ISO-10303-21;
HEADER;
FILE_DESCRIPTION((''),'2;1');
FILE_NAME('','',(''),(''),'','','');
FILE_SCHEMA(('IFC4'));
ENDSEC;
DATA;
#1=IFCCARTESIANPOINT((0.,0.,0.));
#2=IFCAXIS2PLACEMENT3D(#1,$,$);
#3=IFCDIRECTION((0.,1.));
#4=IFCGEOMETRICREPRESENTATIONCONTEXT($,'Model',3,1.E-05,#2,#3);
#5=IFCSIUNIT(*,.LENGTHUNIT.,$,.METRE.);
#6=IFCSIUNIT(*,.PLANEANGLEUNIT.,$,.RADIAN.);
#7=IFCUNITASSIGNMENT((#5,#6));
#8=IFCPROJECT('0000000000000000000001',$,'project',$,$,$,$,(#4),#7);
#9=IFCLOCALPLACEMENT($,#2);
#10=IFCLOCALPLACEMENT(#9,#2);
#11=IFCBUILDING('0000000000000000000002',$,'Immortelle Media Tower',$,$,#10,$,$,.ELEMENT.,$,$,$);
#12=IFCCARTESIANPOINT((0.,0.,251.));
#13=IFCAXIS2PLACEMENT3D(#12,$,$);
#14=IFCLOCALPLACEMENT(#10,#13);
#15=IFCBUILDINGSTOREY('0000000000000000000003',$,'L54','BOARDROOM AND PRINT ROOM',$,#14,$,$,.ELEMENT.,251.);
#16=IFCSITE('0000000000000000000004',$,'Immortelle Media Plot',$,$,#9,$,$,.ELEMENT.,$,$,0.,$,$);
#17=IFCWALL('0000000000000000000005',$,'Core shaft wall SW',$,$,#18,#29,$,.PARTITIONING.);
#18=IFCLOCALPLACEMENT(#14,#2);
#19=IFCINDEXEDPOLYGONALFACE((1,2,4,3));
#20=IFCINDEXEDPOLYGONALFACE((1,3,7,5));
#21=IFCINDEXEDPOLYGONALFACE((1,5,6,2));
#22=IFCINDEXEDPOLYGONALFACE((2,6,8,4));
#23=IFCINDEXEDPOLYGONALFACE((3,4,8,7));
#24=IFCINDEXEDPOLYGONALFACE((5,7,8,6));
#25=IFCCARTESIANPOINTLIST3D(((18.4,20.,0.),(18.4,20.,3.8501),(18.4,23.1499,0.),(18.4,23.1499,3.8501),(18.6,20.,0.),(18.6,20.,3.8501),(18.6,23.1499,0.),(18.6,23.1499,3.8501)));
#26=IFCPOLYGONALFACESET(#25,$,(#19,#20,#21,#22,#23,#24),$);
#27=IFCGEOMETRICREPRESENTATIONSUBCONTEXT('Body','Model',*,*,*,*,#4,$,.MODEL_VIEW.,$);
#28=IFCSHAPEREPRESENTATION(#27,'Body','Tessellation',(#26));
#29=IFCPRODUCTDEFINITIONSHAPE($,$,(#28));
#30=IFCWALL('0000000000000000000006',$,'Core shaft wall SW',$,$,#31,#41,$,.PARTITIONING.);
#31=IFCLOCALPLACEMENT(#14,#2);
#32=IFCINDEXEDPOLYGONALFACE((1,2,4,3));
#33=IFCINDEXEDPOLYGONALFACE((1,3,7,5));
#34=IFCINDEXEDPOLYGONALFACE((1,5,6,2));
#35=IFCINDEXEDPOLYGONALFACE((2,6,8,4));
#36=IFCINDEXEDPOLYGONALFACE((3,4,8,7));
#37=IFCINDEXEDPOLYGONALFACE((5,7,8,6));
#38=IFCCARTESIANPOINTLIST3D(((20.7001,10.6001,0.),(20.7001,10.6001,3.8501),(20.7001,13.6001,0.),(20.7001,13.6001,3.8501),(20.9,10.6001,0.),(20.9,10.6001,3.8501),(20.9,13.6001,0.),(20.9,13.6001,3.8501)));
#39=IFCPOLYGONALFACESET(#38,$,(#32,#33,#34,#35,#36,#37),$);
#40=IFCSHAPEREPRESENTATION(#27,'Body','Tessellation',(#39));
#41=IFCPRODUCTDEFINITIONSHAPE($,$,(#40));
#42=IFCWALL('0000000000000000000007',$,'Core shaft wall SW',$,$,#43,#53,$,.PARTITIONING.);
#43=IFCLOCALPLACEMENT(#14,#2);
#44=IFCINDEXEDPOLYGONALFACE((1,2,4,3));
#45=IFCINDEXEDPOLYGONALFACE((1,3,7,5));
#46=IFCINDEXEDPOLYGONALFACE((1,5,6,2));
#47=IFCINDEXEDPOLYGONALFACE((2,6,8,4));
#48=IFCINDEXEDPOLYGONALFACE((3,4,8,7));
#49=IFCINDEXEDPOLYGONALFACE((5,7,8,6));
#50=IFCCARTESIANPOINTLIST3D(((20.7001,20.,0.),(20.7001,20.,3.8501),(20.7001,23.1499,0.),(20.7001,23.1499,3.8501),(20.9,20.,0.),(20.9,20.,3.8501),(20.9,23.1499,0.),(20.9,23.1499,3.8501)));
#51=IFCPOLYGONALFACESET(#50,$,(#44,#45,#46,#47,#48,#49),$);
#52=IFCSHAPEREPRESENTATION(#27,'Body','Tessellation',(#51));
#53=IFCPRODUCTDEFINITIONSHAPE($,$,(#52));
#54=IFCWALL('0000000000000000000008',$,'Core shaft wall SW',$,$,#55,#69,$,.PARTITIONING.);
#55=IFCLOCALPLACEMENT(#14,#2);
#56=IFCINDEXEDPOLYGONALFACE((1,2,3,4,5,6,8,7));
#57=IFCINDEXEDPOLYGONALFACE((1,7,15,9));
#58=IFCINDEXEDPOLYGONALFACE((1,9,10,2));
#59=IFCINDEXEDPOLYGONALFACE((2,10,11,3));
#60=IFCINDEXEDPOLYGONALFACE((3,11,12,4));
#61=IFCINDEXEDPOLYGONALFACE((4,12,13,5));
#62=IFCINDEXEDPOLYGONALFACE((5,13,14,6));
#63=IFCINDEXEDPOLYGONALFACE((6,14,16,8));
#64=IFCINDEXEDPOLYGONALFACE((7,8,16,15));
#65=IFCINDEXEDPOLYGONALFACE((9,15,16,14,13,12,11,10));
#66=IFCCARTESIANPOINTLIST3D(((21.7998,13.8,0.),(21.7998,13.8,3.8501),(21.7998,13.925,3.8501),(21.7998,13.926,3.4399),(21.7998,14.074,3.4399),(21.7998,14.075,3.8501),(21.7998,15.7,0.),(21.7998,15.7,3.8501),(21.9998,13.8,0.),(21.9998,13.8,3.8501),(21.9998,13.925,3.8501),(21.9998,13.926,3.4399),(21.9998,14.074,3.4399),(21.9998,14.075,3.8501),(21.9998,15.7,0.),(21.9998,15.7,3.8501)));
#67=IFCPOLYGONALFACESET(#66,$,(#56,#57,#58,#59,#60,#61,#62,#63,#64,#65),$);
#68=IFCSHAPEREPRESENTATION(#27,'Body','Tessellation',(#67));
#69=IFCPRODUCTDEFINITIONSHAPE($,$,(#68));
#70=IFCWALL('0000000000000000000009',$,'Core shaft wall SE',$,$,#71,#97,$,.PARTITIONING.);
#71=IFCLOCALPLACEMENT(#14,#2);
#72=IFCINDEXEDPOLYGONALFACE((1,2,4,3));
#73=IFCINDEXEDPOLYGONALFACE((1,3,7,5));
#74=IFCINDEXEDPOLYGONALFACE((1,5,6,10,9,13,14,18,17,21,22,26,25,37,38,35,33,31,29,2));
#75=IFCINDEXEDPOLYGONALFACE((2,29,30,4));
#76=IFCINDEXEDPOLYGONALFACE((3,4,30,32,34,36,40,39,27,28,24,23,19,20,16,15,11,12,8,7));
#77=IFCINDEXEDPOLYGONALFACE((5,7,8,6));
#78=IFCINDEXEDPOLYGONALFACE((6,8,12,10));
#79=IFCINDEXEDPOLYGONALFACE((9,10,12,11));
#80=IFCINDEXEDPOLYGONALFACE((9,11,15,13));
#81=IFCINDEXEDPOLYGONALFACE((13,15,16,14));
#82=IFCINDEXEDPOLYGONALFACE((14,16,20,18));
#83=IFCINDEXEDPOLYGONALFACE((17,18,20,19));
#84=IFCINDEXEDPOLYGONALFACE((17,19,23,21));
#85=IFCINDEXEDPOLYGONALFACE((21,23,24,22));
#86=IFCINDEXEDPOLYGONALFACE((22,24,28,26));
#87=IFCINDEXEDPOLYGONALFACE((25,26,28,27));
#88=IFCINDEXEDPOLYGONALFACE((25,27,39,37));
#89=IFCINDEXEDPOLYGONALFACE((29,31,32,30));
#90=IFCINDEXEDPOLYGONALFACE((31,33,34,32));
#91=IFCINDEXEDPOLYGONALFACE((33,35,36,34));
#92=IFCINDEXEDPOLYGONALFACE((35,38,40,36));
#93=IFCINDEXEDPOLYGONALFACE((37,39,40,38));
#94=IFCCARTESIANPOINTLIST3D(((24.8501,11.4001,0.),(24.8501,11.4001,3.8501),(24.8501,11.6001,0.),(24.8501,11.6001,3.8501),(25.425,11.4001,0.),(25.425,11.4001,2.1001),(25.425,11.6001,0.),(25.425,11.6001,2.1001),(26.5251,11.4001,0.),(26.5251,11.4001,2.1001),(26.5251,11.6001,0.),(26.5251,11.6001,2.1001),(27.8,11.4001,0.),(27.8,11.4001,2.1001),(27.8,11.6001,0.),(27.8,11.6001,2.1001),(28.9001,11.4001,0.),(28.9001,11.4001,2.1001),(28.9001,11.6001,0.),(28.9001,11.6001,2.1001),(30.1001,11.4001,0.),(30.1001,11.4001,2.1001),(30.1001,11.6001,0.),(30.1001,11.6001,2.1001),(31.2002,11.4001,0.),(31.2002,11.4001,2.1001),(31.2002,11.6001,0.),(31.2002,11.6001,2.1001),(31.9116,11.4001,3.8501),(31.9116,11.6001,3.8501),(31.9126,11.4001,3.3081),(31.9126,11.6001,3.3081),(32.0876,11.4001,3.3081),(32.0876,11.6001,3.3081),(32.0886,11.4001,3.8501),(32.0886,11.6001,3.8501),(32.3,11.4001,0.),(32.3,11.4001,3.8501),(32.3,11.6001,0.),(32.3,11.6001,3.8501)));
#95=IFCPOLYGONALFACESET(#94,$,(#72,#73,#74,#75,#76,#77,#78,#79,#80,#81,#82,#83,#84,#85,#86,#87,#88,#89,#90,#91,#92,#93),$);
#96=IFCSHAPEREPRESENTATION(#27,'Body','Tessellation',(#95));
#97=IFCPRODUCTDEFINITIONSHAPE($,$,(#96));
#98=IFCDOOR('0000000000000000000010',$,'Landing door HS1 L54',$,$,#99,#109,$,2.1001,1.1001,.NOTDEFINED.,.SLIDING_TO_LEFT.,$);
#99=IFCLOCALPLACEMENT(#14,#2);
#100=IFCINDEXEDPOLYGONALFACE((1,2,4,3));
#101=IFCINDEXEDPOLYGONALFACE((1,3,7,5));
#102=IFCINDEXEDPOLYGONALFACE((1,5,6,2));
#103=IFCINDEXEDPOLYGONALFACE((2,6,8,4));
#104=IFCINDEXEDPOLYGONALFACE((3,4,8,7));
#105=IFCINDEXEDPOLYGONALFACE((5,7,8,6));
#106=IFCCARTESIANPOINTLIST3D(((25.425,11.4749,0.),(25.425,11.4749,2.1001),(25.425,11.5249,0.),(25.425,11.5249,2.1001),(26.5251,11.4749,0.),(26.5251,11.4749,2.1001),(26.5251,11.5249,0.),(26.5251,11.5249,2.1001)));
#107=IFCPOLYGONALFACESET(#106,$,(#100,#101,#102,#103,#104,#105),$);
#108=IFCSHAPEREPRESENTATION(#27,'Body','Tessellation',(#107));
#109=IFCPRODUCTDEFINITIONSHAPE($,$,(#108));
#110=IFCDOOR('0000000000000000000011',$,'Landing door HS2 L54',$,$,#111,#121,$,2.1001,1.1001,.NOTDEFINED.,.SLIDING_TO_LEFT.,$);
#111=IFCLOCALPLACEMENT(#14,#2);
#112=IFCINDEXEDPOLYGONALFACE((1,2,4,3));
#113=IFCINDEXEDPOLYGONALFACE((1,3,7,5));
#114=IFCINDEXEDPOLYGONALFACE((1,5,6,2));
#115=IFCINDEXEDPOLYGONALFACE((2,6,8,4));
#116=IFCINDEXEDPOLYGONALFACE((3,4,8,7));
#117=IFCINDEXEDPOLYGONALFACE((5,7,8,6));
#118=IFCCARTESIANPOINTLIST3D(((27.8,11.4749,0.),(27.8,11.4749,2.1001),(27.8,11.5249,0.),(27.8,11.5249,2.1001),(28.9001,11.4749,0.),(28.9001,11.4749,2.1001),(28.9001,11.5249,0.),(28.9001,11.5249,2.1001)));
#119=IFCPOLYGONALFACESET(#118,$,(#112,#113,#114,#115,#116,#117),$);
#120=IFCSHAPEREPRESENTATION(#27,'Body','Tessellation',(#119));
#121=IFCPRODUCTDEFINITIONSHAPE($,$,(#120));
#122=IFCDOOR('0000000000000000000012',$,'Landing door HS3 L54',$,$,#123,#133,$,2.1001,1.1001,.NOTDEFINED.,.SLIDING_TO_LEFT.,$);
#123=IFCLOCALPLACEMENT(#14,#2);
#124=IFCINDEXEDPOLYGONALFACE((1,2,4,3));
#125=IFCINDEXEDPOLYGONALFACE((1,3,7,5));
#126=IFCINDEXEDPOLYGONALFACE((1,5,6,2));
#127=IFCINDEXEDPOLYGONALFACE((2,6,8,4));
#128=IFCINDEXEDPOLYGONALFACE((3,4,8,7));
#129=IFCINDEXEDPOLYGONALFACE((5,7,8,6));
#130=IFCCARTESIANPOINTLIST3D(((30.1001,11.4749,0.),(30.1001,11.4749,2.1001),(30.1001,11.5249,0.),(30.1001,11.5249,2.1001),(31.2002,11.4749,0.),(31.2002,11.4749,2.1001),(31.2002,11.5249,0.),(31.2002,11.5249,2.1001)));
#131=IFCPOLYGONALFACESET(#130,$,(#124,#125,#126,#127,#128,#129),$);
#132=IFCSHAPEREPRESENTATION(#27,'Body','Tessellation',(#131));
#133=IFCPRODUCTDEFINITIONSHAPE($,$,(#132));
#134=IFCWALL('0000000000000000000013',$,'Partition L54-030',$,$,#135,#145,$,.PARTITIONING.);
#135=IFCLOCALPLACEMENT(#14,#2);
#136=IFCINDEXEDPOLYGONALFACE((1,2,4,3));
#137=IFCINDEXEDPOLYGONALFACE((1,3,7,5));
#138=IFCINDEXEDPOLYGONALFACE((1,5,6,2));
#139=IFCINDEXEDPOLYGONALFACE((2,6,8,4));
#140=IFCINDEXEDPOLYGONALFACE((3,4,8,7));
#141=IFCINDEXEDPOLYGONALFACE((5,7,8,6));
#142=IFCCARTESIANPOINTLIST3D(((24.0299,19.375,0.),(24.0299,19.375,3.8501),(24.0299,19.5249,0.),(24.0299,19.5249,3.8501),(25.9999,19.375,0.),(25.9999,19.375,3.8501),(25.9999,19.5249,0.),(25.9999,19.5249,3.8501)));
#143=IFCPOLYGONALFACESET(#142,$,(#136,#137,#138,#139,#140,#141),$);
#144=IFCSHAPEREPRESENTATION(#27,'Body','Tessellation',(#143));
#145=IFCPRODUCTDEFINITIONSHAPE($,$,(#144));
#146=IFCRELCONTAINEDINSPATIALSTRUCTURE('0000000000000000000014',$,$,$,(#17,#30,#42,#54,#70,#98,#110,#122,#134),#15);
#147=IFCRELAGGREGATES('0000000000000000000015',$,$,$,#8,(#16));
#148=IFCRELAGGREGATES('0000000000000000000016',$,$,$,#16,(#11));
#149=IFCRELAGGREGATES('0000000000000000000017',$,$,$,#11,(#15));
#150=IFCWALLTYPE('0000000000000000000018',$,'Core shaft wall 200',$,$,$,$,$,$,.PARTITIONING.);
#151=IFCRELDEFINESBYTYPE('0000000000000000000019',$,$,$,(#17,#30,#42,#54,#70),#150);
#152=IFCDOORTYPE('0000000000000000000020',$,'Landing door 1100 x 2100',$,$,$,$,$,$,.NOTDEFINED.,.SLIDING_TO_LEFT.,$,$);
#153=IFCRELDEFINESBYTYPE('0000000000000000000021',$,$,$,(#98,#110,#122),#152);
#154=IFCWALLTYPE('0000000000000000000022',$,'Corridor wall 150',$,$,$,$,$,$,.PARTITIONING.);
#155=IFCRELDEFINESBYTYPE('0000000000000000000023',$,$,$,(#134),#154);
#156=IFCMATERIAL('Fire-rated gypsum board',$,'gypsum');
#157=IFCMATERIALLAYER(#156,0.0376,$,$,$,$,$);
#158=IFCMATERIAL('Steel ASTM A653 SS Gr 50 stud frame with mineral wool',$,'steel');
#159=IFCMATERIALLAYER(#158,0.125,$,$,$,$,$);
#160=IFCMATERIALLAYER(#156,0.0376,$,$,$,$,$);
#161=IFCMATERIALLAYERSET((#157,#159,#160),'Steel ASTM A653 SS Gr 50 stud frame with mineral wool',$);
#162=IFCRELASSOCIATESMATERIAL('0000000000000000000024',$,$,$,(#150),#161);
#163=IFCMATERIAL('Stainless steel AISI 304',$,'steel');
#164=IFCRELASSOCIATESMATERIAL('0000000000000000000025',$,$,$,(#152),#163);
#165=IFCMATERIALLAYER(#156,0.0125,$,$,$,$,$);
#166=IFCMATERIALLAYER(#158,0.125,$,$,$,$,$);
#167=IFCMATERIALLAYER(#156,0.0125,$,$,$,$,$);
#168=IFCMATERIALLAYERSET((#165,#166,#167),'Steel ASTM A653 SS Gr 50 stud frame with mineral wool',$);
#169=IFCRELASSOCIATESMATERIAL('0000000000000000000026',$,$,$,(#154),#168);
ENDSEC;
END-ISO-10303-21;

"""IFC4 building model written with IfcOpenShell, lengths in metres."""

from ifc_helpers import new_model, si_unit, direction, frame, frame_2d, origin, place, context, subcontext, project, spatial, polyline, rectangle, outline, extrude, material, layer, layer_set, type_object, element, fill, save


model = new_model("IFC4")

# Units and contexts
model_context = context("Model", 3, precision=1e-05, world=origin(), true_north=direction((0.0, 1.0)))
body_context = subcontext(model_context, "Body", "Model", "MODEL_VIEW")
ifc_project = project(units=[si_unit("LENGTHUNIT", "METRE"), si_unit("PLANEANGLEUNIT", "RADIAN")], contexts=[model_context])

# Site, building, storey
site_placement = place(None, origin())
site = spatial("IfcSite", under=ifc_project, at=site_placement, Name="Immortelle Media Plot", CompositionType="ELEMENT", RefElevation=0.0)
building_placement = place(site_placement, origin())
building = spatial("IfcBuilding", under=site, at=building_placement, Name="Immortelle Media Tower", CompositionType="ELEMENT")
storey_placement = place(building_placement, frame((0.0, 0.0, 251.0)))
storey = spatial("IfcBuildingStorey", under=building, at=storey_placement, Name="L54", Description="BOARDROOM AND PRINT ROOM", CompositionType="ELEMENT", Elevation=251.0)

# Walls
ifc_material_1 = material(Name="Fire-rated gypsum board", Category="gypsum")
ifc_material_2 = material(Name="Steel ASTM A653 SS Gr 50 stud frame with mineral wool", Category="steel")
ifc_layer_1 = layer(ifc_material_1, 0.0376)
ifc_layer_2 = layer(ifc_material_2, 0.125)
ifc_layer_3 = layer(ifc_material_1, 0.0376)
ifc_layer_set_1 = layer_set([ifc_layer_1, ifc_layer_2, ifc_layer_3], Name="Steel ASTM A653 SS Gr 50 stud frame with mineral wool")
wall_type_1 = type_object("IfcWallType", Name="Core shaft wall 200", PredefinedType="PARTITIONING", material=ifc_layer_set_1)
wall_1_placement = place(storey_placement, frame((18.5, 20.0, 0.0), z_axis=(0.0, 0.0, 1.0), x_axis=(0.0, 1.0, 0.0)))
element("IfcWall", 1, at=wall_1_placement, inside=storey, type_object=wall_type_1, Name="Core shaft wall SW", PredefinedType="PARTITIONING", context=body_context, shape_type="SweptSolid", body=[
    extrude(rectangle(XDim=3.1499, YDim=0.2, at=frame_2d((1.575, 0.0))), origin(), (0.0, 0.0, 1.0), 3.8501),
])
wall_2_placement = place(storey_placement, frame((20.8, 10.6001, 0.0), z_axis=(0.0, 0.0, 1.0), x_axis=(0.0, 1.0, 0.0)))
element("IfcWall", 2, at=wall_2_placement, inside=storey, type_object=wall_type_1, Name="Core shaft wall SW", PredefinedType="PARTITIONING", context=body_context, shape_type="SweptSolid", body=[
    extrude(rectangle(XDim=3.0, YDim=0.2, at=frame_2d((1.5, 0.0))), origin(), (0.0, 0.0, 1.0), 3.8501),
])
wall_3_placement = place(storey_placement, frame((20.8, 20.0, 0.0), z_axis=(0.0, 0.0, 1.0), x_axis=(0.0, 1.0, 0.0)))
element("IfcWall", 3, at=wall_3_placement, inside=storey, type_object=wall_type_1, Name="Core shaft wall SW", PredefinedType="PARTITIONING", context=body_context, shape_type="SweptSolid", body=[
    extrude(rectangle(XDim=3.1499, YDim=0.2, at=frame_2d((1.575, 0.0))), origin(), (0.0, 0.0, 1.0), 3.8501),
])
wall_4_placement = place(storey_placement, frame((21.8999, 13.8, 0.0), z_axis=(0.0, 0.0, 1.0), x_axis=(0.0, 1.0, 0.0)))
element("IfcWall", 4, at=wall_4_placement, inside=storey, type_object=wall_type_1, Name="Core shaft wall SW", PredefinedType="PARTITIONING", context=body_context, shape_type="SweptSolid", body=[
    extrude(outline(polyline([(0.0, 0.0), (1.8999, 0.0), (1.8999, 3.8501), (0.2749, 3.8501), (0.2739, 3.4399), (0.126, 3.4399), (0.125, 3.8501), (0.0, 3.8501), (0.0, 0.0)])), frame((0.0, 0.1001, 0.0), z_axis=(0.0, -1.0, 0.0), x_axis=(1.0, 0.0, 0.0)), (0.0, 0.0, 1.0), 0.2),
])

# Wall, openings, doors
wall_5_placement = place(storey_placement, frame((24.8501, 11.5, 0.0), z_axis=(0.0, 0.0, 1.0), x_axis=(1.0, 0.0, 0.0)))
wall_5 = element("IfcWall", 5, at=wall_5_placement, inside=storey, type_object=wall_type_1, Name="Core shaft wall SE", PredefinedType="PARTITIONING", context=body_context, shape_type="SweptSolid", body=[
    extrude(outline(polyline([(0.0, 0.0), (7.45, 0.0), (7.45, 3.8501), (7.2385, 3.8501), (7.2375, 3.3081), (7.0625, 3.3081), (7.0615, 3.8501), (0.0, 3.8501), (0.0, 0.0)])), frame((0.0, 0.1001, 0.0), z_axis=(0.0, -1.0, 0.0), x_axis=(1.0, 0.0, 0.0)), (0.0, 0.0, 1.0), 0.2),
])
opening_1_placement = place(wall_5_placement, frame((0.575, 0.0, 0.0)))
opening_1 = element("IfcOpeningElement", 6, at=opening_1_placement, cuts=wall_5, PredefinedType="OPENING", context=body_context, shape_type="SweptSolid", body=[
    extrude(rectangle(XDim=1.1001, YDim=2.1001, at=frame_2d((0.55, 1.05))), frame((0.0, 0.1099, 0.0), z_axis=(0.0, -1.0, 0.0), x_axis=(1.0, 0.0, 0.0)), (0.0, 0.0, 1.0), 0.22),
])
opening_2_placement = place(wall_5_placement, frame((2.95, 0.0, 0.0)))
opening_2 = element("IfcOpeningElement", 7, at=opening_2_placement, cuts=wall_5, PredefinedType="OPENING", context=body_context, shape_type="SweptSolid", body=[
    extrude(rectangle(XDim=1.1001, YDim=2.1001, at=frame_2d((0.55, 1.05))), frame((0.0, 0.1099, 0.0), z_axis=(0.0, -1.0, 0.0), x_axis=(1.0, 0.0, 0.0)), (0.0, 0.0, 1.0), 0.22),
])
opening_3_placement = place(wall_5_placement, frame((5.25, 0.0, 0.0)))
opening_3 = element("IfcOpeningElement", 8, at=opening_3_placement, cuts=wall_5, PredefinedType="OPENING", context=body_context, shape_type="SweptSolid", body=[
    extrude(rectangle(XDim=1.1001, YDim=2.1001, at=frame_2d((0.55, 1.05))), frame((0.0, 0.1099, 0.0), z_axis=(0.0, -1.0, 0.0), x_axis=(1.0, 0.0, 0.0)), (0.0, 0.0, 1.0), 0.22),
])
ifc_material_3 = material(Name="Stainless steel AISI 304", Category="steel")
door_type_1 = type_object("IfcDoorType", Name="Landing door 1100 x 2100", OperationType="SLIDING_TO_LEFT", PredefinedType="NOTDEFINED", material=ifc_material_3)
door_1_placement = place(opening_1_placement, origin())
door_1 = element("IfcDoor", 9, at=door_1_placement, inside=storey, type_object=door_type_1, Name="Landing door HS1 L54", OperationType="SLIDING_TO_LEFT", OverallHeight=2.1001, OverallWidth=1.1001, PredefinedType="NOTDEFINED", context=body_context, shape_type="SweptSolid", body=[
    extrude(rectangle(XDim=1.1001, YDim=2.1001, at=frame_2d((0.55, 1.05))), frame((0.0, 0.0249, 0.0), z_axis=(0.0, -1.0, 0.0), x_axis=(1.0, 0.0, 0.0)), (0.0, 0.0, 1.0), 0.05),
])
fill(opening_1, door_1)
door_2_placement = place(opening_2_placement, origin())
door_2 = element("IfcDoor", 10, at=door_2_placement, inside=storey, type_object=door_type_1, Name="Landing door HS2 L54", OperationType="SLIDING_TO_LEFT", OverallHeight=2.1001, OverallWidth=1.1001, PredefinedType="NOTDEFINED", context=body_context, shape_type="SweptSolid", body=[
    extrude(rectangle(XDim=1.1001, YDim=2.1001, at=frame_2d((0.55, 1.05))), frame((0.0, 0.0249, 0.0), z_axis=(0.0, -1.0, 0.0), x_axis=(1.0, 0.0, 0.0)), (0.0, 0.0, 1.0), 0.05),
])
fill(opening_2, door_2)
door_3_placement = place(opening_3_placement, origin())
door_3 = element("IfcDoor", 11, at=door_3_placement, inside=storey, type_object=door_type_1, Name="Landing door HS3 L54", OperationType="SLIDING_TO_LEFT", OverallHeight=2.1001, OverallWidth=1.1001, PredefinedType="NOTDEFINED", context=body_context, shape_type="SweptSolid", body=[
    extrude(rectangle(XDim=1.1001, YDim=2.1001, at=frame_2d((0.55, 1.05))), frame((0.0, 0.0249, 0.0), z_axis=(0.0, -1.0, 0.0), x_axis=(1.0, 0.0, 0.0)), (0.0, 0.0, 1.0), 0.05),
])
fill(opening_3, door_3)

# Wall
ifc_layer_4 = layer(ifc_material_1, 0.0125)
ifc_layer_5 = layer(ifc_material_2, 0.125)
ifc_layer_6 = layer(ifc_material_1, 0.0125)
ifc_layer_set_2 = layer_set([ifc_layer_4, ifc_layer_5, ifc_layer_6], Name="Steel ASTM A653 SS Gr 50 stud frame with mineral wool")
wall_type_2 = type_object("IfcWallType", Name="Corridor wall 150", PredefinedType="PARTITIONING", material=ifc_layer_set_2)
wall_6_placement = place(storey_placement, frame((24.03, 19.45, 0.0), z_axis=(0.0, 0.0, 1.0), x_axis=(1.0, 0.0, 0.0)))
element("IfcWall", 12, at=wall_6_placement, inside=storey, type_object=wall_type_2, Name="Partition L54-030", PredefinedType="PARTITIONING", context=body_context, shape_type="SweptSolid", body=[
    extrude(rectangle(XDim=1.97, YDim=0.1499, at=frame_2d((0.9849, 0.0))), origin(), (0.0, 0.0, 1.0), 3.8501),
])

save(model, "model.ifc")
